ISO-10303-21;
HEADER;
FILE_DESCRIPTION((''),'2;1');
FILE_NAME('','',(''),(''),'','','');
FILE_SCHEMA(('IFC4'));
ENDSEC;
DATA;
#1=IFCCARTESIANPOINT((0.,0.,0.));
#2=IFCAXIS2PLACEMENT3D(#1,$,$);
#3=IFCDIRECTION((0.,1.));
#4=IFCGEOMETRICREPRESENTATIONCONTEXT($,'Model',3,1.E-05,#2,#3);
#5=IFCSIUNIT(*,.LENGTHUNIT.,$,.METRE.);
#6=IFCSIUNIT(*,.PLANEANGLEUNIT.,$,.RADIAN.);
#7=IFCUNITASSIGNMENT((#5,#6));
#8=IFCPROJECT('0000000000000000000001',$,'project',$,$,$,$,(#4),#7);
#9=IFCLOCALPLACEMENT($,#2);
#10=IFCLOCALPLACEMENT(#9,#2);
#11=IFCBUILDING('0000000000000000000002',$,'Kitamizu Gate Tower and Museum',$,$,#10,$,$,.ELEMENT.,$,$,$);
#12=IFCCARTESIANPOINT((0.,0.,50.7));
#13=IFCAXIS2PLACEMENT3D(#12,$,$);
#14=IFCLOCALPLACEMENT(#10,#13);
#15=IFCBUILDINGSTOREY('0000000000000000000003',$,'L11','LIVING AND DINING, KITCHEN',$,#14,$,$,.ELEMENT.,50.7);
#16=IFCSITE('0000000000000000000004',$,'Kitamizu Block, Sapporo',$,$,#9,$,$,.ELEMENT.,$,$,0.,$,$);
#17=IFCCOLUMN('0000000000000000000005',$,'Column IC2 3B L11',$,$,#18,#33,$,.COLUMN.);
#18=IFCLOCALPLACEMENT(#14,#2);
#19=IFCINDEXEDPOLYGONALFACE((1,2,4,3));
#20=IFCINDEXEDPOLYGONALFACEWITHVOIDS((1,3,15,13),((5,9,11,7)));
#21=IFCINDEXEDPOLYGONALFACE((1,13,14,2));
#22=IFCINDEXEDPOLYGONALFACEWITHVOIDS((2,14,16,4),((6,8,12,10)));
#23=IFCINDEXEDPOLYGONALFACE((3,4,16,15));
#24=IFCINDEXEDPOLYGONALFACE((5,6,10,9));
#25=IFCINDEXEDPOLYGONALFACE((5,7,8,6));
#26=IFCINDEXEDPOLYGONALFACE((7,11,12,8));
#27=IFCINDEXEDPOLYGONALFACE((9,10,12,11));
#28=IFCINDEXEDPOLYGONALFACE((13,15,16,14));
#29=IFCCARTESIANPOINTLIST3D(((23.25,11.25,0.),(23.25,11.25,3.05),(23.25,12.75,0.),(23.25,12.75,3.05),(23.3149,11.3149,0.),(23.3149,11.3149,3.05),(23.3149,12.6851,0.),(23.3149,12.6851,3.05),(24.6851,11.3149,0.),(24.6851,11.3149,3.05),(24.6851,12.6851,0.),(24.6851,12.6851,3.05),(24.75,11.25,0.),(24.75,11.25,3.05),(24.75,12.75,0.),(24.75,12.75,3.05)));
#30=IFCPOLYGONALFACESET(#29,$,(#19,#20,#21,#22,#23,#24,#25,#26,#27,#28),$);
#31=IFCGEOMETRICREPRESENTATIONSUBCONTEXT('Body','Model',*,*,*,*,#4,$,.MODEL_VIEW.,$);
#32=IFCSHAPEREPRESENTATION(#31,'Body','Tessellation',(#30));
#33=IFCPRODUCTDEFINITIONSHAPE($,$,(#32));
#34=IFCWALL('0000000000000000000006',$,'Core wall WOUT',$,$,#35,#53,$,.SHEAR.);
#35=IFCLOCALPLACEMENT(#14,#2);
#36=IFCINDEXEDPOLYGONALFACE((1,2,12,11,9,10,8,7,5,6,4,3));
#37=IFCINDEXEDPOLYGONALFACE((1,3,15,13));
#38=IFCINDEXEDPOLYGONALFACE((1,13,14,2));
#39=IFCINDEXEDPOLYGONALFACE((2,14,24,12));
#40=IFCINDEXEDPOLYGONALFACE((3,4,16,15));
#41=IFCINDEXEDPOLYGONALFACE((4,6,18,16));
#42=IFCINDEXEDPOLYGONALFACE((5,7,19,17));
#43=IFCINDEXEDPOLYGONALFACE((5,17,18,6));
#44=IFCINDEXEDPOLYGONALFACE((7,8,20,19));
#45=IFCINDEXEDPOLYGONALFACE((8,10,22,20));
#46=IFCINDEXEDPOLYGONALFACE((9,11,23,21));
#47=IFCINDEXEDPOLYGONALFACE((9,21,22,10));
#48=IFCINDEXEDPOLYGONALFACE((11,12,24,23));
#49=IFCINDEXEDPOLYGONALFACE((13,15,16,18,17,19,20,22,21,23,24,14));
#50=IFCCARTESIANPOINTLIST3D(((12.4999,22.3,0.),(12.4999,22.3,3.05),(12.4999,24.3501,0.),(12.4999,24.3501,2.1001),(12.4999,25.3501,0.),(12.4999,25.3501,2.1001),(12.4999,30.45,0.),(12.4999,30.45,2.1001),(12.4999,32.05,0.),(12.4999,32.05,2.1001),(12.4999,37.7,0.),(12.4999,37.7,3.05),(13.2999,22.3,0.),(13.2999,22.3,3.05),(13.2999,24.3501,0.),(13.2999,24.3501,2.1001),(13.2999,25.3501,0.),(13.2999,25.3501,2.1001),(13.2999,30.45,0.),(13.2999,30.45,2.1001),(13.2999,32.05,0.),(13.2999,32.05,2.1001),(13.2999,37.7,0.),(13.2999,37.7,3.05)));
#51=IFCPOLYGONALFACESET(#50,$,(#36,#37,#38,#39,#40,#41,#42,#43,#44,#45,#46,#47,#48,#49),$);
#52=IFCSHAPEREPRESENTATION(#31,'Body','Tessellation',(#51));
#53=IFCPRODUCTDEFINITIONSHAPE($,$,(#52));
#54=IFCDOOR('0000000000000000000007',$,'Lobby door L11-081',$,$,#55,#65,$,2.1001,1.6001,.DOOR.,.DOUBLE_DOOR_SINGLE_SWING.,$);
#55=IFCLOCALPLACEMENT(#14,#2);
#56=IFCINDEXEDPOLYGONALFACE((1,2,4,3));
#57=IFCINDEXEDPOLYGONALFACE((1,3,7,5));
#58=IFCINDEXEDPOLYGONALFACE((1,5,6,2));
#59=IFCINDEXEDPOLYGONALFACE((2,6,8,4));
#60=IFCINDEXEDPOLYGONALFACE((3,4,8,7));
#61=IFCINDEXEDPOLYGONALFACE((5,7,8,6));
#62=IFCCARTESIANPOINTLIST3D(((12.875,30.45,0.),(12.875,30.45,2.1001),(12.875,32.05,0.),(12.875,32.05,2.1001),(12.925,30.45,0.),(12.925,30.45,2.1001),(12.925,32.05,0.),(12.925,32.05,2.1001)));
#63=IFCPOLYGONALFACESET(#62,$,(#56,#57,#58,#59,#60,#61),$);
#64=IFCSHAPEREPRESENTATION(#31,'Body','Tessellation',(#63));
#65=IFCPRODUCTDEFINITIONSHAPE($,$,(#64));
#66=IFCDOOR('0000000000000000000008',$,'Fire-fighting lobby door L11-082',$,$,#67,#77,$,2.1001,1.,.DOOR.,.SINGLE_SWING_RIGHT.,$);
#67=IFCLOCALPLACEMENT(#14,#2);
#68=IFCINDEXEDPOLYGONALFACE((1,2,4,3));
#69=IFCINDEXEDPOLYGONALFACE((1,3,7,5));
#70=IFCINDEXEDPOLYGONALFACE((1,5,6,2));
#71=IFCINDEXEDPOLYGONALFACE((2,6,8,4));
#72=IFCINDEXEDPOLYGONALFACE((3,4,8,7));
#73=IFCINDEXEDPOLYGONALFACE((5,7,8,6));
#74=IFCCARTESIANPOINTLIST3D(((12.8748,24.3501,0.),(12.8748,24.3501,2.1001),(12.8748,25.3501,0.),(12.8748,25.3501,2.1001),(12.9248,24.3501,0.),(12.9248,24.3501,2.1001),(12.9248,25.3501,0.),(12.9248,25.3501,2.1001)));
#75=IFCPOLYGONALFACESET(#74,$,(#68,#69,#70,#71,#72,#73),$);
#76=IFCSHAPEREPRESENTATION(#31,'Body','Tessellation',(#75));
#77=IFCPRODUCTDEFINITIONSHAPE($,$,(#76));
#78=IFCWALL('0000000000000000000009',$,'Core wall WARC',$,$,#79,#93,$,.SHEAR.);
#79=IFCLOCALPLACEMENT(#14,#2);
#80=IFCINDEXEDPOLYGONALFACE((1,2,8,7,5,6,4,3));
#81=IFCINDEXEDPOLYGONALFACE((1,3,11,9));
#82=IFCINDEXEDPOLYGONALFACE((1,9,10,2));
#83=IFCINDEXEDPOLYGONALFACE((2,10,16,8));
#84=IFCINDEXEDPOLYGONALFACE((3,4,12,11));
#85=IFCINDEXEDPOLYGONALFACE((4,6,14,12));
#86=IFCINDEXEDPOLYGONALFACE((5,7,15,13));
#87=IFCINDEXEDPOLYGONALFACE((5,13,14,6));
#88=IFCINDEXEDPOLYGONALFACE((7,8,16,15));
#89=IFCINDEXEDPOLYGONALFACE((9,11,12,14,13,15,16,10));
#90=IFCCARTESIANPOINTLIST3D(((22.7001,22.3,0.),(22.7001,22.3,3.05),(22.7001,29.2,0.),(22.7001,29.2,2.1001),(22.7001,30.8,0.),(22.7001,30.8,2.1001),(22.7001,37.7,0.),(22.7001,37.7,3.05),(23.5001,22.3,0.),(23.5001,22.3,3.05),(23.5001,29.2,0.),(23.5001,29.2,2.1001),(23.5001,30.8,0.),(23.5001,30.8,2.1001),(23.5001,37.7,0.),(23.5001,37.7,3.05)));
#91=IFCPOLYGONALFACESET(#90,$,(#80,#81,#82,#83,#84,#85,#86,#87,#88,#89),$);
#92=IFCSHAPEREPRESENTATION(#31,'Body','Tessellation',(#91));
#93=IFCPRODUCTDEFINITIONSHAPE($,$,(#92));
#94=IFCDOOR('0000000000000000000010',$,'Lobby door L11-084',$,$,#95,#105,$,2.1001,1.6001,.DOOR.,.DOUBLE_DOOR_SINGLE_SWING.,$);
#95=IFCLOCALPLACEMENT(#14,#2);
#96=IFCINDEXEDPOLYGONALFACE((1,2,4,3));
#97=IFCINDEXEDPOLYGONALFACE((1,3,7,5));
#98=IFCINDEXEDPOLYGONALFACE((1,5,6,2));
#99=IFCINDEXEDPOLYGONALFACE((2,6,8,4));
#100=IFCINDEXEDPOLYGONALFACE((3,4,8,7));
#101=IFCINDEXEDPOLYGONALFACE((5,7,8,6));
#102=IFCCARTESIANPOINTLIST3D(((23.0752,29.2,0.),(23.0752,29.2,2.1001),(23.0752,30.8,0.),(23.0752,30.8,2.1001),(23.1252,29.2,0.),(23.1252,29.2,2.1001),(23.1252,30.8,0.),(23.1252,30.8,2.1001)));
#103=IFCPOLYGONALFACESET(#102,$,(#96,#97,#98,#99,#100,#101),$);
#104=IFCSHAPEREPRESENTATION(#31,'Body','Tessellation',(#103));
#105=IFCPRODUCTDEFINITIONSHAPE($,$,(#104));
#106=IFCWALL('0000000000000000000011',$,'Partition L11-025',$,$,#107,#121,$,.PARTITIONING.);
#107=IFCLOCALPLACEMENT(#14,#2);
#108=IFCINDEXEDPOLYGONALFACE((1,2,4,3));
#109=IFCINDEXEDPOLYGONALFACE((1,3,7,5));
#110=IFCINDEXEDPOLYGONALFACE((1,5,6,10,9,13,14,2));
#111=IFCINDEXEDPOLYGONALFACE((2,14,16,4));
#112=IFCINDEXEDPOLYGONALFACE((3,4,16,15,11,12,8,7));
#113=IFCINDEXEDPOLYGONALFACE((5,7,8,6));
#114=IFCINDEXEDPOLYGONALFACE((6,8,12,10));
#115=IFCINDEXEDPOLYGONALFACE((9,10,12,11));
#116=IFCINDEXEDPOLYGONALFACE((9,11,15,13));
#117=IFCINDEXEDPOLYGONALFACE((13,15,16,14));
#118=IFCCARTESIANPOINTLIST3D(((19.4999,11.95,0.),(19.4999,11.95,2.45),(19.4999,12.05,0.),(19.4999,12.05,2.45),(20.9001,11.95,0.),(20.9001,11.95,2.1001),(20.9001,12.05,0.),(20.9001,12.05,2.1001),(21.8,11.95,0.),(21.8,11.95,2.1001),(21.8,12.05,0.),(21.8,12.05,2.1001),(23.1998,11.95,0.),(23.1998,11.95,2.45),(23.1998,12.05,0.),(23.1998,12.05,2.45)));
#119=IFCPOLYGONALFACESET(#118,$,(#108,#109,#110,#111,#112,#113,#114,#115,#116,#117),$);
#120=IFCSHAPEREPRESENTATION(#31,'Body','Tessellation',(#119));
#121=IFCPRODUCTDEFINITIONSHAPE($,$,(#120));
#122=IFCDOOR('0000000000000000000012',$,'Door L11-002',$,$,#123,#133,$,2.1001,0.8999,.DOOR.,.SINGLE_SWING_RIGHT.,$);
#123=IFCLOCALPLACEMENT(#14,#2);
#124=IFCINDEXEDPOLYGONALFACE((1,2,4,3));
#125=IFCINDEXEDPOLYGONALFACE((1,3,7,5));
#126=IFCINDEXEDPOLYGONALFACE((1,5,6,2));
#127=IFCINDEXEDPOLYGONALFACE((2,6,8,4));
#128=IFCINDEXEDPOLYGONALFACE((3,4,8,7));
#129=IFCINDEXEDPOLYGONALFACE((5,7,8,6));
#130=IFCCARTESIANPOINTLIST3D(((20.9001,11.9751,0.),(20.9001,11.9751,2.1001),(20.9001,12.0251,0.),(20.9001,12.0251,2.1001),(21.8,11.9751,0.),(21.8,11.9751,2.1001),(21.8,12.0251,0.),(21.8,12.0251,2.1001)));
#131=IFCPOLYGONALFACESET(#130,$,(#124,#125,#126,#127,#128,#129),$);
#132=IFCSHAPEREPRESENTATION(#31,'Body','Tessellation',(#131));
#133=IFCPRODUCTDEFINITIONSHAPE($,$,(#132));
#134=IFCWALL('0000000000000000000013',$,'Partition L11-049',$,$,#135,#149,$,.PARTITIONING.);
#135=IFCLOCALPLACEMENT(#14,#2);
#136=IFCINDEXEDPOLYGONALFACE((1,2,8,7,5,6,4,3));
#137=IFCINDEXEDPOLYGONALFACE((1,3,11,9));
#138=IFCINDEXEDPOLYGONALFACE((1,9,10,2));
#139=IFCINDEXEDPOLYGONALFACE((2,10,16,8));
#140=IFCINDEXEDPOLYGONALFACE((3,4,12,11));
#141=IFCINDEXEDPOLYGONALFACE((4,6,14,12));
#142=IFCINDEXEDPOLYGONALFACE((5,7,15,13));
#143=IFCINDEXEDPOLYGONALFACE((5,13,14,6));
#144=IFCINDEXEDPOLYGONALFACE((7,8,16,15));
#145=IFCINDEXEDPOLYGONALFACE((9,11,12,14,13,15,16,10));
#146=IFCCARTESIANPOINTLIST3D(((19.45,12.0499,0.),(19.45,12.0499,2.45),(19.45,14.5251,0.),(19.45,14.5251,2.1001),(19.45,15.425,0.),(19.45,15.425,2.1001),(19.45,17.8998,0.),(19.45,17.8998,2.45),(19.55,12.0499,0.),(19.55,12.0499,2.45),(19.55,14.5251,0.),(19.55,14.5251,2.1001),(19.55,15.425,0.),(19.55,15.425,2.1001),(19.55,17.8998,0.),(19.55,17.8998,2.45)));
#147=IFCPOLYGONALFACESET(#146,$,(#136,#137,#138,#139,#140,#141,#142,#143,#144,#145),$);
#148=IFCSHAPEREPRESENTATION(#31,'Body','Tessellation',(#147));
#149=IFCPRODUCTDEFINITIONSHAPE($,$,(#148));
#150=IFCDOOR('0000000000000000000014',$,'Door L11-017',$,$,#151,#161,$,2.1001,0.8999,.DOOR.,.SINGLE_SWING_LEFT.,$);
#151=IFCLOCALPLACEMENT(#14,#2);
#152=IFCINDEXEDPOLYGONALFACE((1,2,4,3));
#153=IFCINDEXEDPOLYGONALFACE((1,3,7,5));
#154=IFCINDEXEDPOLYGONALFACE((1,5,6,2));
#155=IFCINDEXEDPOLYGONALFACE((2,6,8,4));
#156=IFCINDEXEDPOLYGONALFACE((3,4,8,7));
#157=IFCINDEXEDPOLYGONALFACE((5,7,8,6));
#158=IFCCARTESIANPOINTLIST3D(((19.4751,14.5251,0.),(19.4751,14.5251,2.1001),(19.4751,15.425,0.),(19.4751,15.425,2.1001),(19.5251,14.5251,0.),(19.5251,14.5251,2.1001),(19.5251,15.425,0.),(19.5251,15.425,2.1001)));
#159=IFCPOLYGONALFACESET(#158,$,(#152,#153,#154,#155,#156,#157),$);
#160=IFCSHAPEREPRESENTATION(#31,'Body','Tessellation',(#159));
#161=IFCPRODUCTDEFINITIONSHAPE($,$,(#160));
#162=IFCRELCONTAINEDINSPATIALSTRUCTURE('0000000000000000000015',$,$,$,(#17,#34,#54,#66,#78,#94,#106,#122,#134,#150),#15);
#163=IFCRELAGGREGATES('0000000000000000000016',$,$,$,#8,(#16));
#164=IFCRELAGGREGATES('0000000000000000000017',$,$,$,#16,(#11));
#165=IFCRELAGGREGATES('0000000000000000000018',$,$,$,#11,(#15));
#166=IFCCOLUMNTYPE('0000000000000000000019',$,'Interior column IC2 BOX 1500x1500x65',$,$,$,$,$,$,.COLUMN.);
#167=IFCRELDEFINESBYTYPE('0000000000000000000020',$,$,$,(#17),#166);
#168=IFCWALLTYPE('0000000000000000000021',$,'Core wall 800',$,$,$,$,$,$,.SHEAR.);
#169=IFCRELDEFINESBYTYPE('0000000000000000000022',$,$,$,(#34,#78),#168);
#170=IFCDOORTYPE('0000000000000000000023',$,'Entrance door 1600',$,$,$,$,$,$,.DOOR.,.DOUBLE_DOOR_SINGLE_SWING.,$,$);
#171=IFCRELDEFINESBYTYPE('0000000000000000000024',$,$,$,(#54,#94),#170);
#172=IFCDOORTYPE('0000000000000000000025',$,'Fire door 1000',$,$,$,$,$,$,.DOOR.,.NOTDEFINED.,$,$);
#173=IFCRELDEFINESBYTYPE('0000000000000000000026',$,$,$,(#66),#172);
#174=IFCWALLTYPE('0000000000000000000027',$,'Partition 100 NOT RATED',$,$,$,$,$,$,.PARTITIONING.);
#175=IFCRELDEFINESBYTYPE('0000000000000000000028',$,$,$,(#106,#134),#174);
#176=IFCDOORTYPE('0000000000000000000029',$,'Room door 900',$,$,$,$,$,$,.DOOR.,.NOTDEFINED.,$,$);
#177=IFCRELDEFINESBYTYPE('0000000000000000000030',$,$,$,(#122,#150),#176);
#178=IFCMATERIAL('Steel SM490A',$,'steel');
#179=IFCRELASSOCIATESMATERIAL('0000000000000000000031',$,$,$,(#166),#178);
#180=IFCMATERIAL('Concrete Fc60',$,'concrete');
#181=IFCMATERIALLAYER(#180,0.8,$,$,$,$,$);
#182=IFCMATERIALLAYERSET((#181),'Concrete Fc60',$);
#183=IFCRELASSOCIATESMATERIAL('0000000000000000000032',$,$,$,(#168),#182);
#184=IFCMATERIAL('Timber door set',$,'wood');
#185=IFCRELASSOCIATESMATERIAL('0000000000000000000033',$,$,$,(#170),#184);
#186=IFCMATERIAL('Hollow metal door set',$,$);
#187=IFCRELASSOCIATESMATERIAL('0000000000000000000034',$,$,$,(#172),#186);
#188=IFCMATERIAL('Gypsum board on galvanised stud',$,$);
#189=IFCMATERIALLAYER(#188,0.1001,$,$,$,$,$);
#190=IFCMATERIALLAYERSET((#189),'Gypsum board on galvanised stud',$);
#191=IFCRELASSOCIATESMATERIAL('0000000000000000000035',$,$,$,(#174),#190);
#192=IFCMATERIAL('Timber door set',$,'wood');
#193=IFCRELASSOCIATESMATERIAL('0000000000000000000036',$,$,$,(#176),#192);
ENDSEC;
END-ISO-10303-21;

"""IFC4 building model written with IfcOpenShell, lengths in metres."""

from ifc_helpers import new_model, si_unit, direction, frame, frame_2d, origin, origin_2d, place, context, subcontext, project, spatial, rectangle, hollow_rectangle, extrude, material, layer, layer_set, material_profile, profile_set, type_object, element, fill, save


model = new_model("IFC4")

# Units and contexts
model_context = context("Model", 3, precision=1e-05, world=origin(), true_north=direction((0.0, 1.0)))
body_context = subcontext(model_context, "Body", "Model", "MODEL_VIEW")
ifc_project = project(units=[si_unit("LENGTHUNIT", "METRE"), si_unit("PLANEANGLEUNIT", "RADIAN")], contexts=[model_context])

# Site, building, storey
site_placement = place(None, origin())
site = spatial("IfcSite", under=ifc_project, at=site_placement, Name="Kitamizu Block, Sapporo", CompositionType="ELEMENT", RefElevation=0.0)
building_placement = place(site_placement, origin())
building = spatial("IfcBuilding", under=site, at=building_placement, Name="Kitamizu Gate Tower and Museum", CompositionType="ELEMENT")
storey_placement = place(building_placement, frame((0.0, 0.0, 50.7)))
storey = spatial("IfcBuildingStorey", under=building, at=storey_placement, Name="L11", Description="LIVING AND DINING, KITCHEN", CompositionType="ELEMENT", Elevation=50.7)

# Column
ifc_material_1 = material(Name="Steel SM490A", Category="steel")
ifc_material_profile = material_profile(ifc_material_1, hollow_rectangle(XDim=1.5, YDim=1.5, WallThickness=0.0649, at=origin_2d()), Name="BOX 1500x1500x65")
ifc_profile_set = profile_set([ifc_material_profile], Name="Steel SM490A")
column_type = type_object("IfcColumnType", Name="Interior column IC2 BOX 1500x1500x65", PredefinedType="COLUMN", material=ifc_profile_set)
column_placement = place(storey_placement, frame((24.0, 12.0, 0.0), z_axis=(0.0, 0.0, 1.0), x_axis=(1.0, 0.0, 0.0)))
element("IfcColumn", 1, at=column_placement, inside=storey, type_object=column_type, Name="Column IC2 3B L11", PredefinedType="COLUMN", context=body_context, shape_type="SweptSolid", body=[
    extrude(hollow_rectangle(XDim=1.5, YDim=1.5, WallThickness=0.0649, at=origin_2d()), origin(), (0.0, 0.0, 1.0), 3.05),
])

# Wall, openings, doors
ifc_material_2 = material(Name="Concrete Fc60", Category="concrete")
ifc_layer_1 = layer(ifc_material_2, 0.8)
ifc_layer_set_1 = layer_set([ifc_layer_1], Name="Concrete Fc60")
wall_type_1 = type_object("IfcWallType", Name="Core wall 800", PredefinedType="SHEAR", material=ifc_layer_set_1)
wall_1_placement = place(storey_placement, frame((12.8999, 22.3, 0.0), z_axis=(0.0, 0.0, 1.0), x_axis=(0.0, 1.0, 0.0)))
wall_1 = element("IfcWall", 2, at=wall_1_placement, inside=storey, type_object=wall_type_1, Name="Core wall WOUT", PredefinedType="SHEAR", context=body_context, shape_type="SweptSolid", body=[
    extrude(rectangle(XDim=15.3999, YDim=0.8, at=frame_2d((7.7, 0.0))), origin(), (0.0, 0.0, 1.0), 3.05),
])
opening_1_placement = place(wall_1_placement, frame((8.1499, 0.0, 0.0)))
opening_1 = element("IfcOpeningElement", 3, at=opening_1_placement, cuts=wall_1, PredefinedType="OPENING", context=body_context, shape_type="SweptSolid", body=[
    extrude(rectangle(XDim=1.6001, YDim=2.1001, at=frame_2d((0.8, 1.05))), frame((0.0, 0.4102, 0.0), z_axis=(0.0, -1.0, 0.0), x_axis=(1.0, 0.0, 0.0)), (0.0, 0.0, 1.0), 0.8201),
])
opening_2_placement = place(wall_1_placement, frame((2.05, 0.0, 0.0)))
opening_2 = element("IfcOpeningElement", 4, at=opening_2_placement, cuts=wall_1, PredefinedType="OPENING", context=body_context, shape_type="SweptSolid", body=[
    extrude(rectangle(XDim=1.0, YDim=2.1001, at=frame_2d((0.5, 1.05))), frame((0.0, 0.4102, 0.0), z_axis=(0.0, -1.0, 0.0), x_axis=(1.0, 0.0, 0.0)), (0.0, 0.0, 1.0), 0.8201),
])
ifc_material_3 = material(Name="Timber door set", Category="wood")
door_type_1 = type_object("IfcDoorType", Name="Entrance door 1600", OperationType="DOUBLE_DOOR_SINGLE_SWING", PredefinedType="DOOR", material=ifc_material_3)
door_1_placement = place(opening_1_placement, origin())
door_1 = element("IfcDoor", 5, at=door_1_placement, inside=storey, type_object=door_type_1, Name="Lobby door L11-081", OperationType="DOUBLE_DOOR_SINGLE_SWING", OverallHeight=2.1001, OverallWidth=1.6001, PredefinedType="DOOR", context=body_context, shape_type="SweptSolid", body=[
    extrude(rectangle(XDim=1.6001, YDim=2.1001, at=frame_2d((0.8, 1.05))), frame((0.0, 0.0249, 0.0), z_axis=(0.0, -1.0, 0.0), x_axis=(1.0, 0.0, 0.0)), (0.0, 0.0, 1.0), 0.05),
])
fill(opening_1, door_1)
ifc_material_4 = material(Name="Hollow metal door set")
door_type_2 = type_object("IfcDoorType", Name="Fire door 1000", OperationType="NOTDEFINED", PredefinedType="DOOR", material=ifc_material_4)
door_2_placement = place(opening_2_placement, frame((1.0, 0.0, 0.0), x_axis=(-1.0, 0.0, 0.0)))
door_2 = element("IfcDoor", 6, at=door_2_placement, inside=storey, type_object=door_type_2, Name="Fire-fighting lobby door L11-082", OperationType="SINGLE_SWING_RIGHT", OverallHeight=2.1001, OverallWidth=1.0, PredefinedType="DOOR", context=body_context, shape_type="SweptSolid", body=[
    extrude(rectangle(XDim=1.0, YDim=2.1001, at=frame_2d((0.5, 1.05))), frame((0.0, 0.0249, 0.0), z_axis=(0.0, -1.0, 0.0), x_axis=(1.0, 0.0, 0.0)), (0.0, 0.0, 1.0), 0.05),
])
fill(opening_2, door_2)

# Walls, openings, doors
wall_2_placement = place(storey_placement, frame((23.1001, 22.3, 0.0), z_axis=(0.0, 0.0, 1.0), x_axis=(0.0, 1.0, 0.0)))
wall_2 = element("IfcWall", 7, at=wall_2_placement, inside=storey, type_object=wall_type_1, Name="Core wall WARC", PredefinedType="SHEAR", context=body_context, shape_type="SweptSolid", body=[
    extrude(rectangle(XDim=15.3999, YDim=0.8, at=frame_2d((7.7, 0.0))), origin(), (0.0, 0.0, 1.0), 3.05),
])
opening_3_placement = place(wall_2_placement, frame((6.8999, 0.0, 0.0)))
opening_3 = element("IfcOpeningElement", 8, at=opening_3_placement, cuts=wall_2, PredefinedType="OPENING", context=body_context, shape_type="SweptSolid", body=[
    extrude(rectangle(XDim=1.6001, YDim=2.1001, at=frame_2d((0.8, 1.05))), frame((0.0, 0.4102, 0.0), z_axis=(0.0, -1.0, 0.0), x_axis=(1.0, 0.0, 0.0)), (0.0, 0.0, 1.0), 0.8201),
])
door_3_placement = place(opening_3_placement, origin())
door_3 = element("IfcDoor", 9, at=door_3_placement, inside=storey, type_object=door_type_1, Name="Lobby door L11-084", OperationType="DOUBLE_DOOR_SINGLE_SWING", OverallHeight=2.1001, OverallWidth=1.6001, PredefinedType="DOOR", context=body_context, shape_type="SweptSolid", body=[
    extrude(rectangle(XDim=1.6001, YDim=2.1001, at=frame_2d((0.8, 1.05))), frame((0.0, 0.0249, 0.0), z_axis=(0.0, -1.0, 0.0), x_axis=(1.0, 0.0, 0.0)), (0.0, 0.0, 1.0), 0.05),
])
fill(opening_3, door_3)
ifc_material_5 = material(Name="Gypsum board on galvanised stud")
ifc_layer_2 = layer(ifc_material_5, 0.1001)
ifc_layer_set_2 = layer_set([ifc_layer_2], Name="Gypsum board on galvanised stud")
wall_type_2 = type_object("IfcWallType", Name="Partition 100 NOT RATED", PredefinedType="PARTITIONING", material=ifc_layer_set_2)
wall_3_placement = place(storey_placement, frame((23.2, 12.0, 0.0), z_axis=(0.0, 0.0, 1.0), x_axis=(-1.0, 0.0, 0.0)))
wall_3 = element("IfcWall", 10, at=wall_3_placement, inside=storey, type_object=wall_type_2, Name="Partition L11-025", PredefinedType="PARTITIONING", context=body_context, shape_type="SweptSolid", body=[
    extrude(rectangle(XDim=3.7, YDim=0.1001, at=frame_2d((1.8501, 0.0))), origin(), (0.0, 0.0, 1.0), 2.45),
])
opening_4_placement = place(wall_3_placement, frame((1.3999, 0.0, 0.0)))
opening_4 = element("IfcOpeningElement", 11, at=opening_4_placement, cuts=wall_3, PredefinedType="OPENING", context=body_context, shape_type="SweptSolid", body=[
    extrude(rectangle(XDim=0.8999, YDim=2.1001, at=frame_2d((0.45, 1.05))), frame((0.0, 0.0601, 0.0), z_axis=(0.0, -1.0, 0.0), x_axis=(1.0, 0.0, 0.0)), (0.0, 0.0, 1.0), 0.1201),
])
ifc_material_6 = material(Name="Timber door set", Category="wood")
door_type_3 = type_object("IfcDoorType", Name="Room door 900", OperationType="NOTDEFINED", PredefinedType="DOOR", material=ifc_material_6)
door_4_placement = place(opening_4_placement, origin())
door_4 = element("IfcDoor", 12, at=door_4_placement, inside=storey, type_object=door_type_3, Name="Door L11-002", OperationType="SINGLE_SWING_RIGHT", OverallHeight=2.1001, OverallWidth=0.8999, PredefinedType="DOOR", context=body_context, shape_type="SweptSolid", body=[
    extrude(rectangle(XDim=0.8999, YDim=2.1001, at=frame_2d((0.45, 1.05))), frame((0.0, 0.0249, 0.0), z_axis=(0.0, -1.0, 0.0), x_axis=(1.0, 0.0, 0.0)), (0.0, 0.0, 1.0), 0.05),
])
fill(opening_4, door_4)
wall_4_placement = place(storey_placement, frame((19.5, 12.05, 0.0), z_axis=(0.0, 0.0, 1.0), x_axis=(0.0, 1.0, 0.0)))
wall_4 = element("IfcWall", 13, at=wall_4_placement, inside=storey, type_object=wall_type_2, Name="Partition L11-049", PredefinedType="PARTITIONING", context=body_context, shape_type="SweptSolid", body=[
    extrude(rectangle(XDim=5.8499, YDim=0.1001, at=frame_2d((2.9248, 0.0))), origin(), (0.0, 0.0, 1.0), 2.45),
])
opening_5_placement = place(wall_4_placement, frame((2.4751, 0.0, 0.0)))
opening_5 = element("IfcOpeningElement", 14, at=opening_5_placement, cuts=wall_4, PredefinedType="OPENING", context=body_context, shape_type="SweptSolid", body=[
    extrude(rectangle(XDim=0.8999, YDim=2.1001, at=frame_2d((0.45, 1.05))), frame((0.0, 0.0601, 0.0), z_axis=(0.0, -1.0, 0.0), x_axis=(1.0, 0.0, 0.0)), (0.0, 0.0, 1.0), 0.1201),
])
door_5_placement = place(opening_5_placement, origin())
door_5 = element("IfcDoor", 15, at=door_5_placement, inside=storey, type_object=door_type_3, Name="Door L11-017", OperationType="SINGLE_SWING_LEFT", OverallHeight=2.1001, OverallWidth=0.8999, PredefinedType="DOOR", context=body_context, shape_type="SweptSolid", body=[
    extrude(rectangle(XDim=0.8999, YDim=2.1001, at=frame_2d((0.45, 1.05))), frame((0.0, 0.0249, 0.0), z_axis=(0.0, -1.0, 0.0), x_axis=(1.0, 0.0, 0.0)), (0.0, 0.0, 1.0), 0.05),
])
fill(opening_5, door_5)

save(model, "model.ifc")
